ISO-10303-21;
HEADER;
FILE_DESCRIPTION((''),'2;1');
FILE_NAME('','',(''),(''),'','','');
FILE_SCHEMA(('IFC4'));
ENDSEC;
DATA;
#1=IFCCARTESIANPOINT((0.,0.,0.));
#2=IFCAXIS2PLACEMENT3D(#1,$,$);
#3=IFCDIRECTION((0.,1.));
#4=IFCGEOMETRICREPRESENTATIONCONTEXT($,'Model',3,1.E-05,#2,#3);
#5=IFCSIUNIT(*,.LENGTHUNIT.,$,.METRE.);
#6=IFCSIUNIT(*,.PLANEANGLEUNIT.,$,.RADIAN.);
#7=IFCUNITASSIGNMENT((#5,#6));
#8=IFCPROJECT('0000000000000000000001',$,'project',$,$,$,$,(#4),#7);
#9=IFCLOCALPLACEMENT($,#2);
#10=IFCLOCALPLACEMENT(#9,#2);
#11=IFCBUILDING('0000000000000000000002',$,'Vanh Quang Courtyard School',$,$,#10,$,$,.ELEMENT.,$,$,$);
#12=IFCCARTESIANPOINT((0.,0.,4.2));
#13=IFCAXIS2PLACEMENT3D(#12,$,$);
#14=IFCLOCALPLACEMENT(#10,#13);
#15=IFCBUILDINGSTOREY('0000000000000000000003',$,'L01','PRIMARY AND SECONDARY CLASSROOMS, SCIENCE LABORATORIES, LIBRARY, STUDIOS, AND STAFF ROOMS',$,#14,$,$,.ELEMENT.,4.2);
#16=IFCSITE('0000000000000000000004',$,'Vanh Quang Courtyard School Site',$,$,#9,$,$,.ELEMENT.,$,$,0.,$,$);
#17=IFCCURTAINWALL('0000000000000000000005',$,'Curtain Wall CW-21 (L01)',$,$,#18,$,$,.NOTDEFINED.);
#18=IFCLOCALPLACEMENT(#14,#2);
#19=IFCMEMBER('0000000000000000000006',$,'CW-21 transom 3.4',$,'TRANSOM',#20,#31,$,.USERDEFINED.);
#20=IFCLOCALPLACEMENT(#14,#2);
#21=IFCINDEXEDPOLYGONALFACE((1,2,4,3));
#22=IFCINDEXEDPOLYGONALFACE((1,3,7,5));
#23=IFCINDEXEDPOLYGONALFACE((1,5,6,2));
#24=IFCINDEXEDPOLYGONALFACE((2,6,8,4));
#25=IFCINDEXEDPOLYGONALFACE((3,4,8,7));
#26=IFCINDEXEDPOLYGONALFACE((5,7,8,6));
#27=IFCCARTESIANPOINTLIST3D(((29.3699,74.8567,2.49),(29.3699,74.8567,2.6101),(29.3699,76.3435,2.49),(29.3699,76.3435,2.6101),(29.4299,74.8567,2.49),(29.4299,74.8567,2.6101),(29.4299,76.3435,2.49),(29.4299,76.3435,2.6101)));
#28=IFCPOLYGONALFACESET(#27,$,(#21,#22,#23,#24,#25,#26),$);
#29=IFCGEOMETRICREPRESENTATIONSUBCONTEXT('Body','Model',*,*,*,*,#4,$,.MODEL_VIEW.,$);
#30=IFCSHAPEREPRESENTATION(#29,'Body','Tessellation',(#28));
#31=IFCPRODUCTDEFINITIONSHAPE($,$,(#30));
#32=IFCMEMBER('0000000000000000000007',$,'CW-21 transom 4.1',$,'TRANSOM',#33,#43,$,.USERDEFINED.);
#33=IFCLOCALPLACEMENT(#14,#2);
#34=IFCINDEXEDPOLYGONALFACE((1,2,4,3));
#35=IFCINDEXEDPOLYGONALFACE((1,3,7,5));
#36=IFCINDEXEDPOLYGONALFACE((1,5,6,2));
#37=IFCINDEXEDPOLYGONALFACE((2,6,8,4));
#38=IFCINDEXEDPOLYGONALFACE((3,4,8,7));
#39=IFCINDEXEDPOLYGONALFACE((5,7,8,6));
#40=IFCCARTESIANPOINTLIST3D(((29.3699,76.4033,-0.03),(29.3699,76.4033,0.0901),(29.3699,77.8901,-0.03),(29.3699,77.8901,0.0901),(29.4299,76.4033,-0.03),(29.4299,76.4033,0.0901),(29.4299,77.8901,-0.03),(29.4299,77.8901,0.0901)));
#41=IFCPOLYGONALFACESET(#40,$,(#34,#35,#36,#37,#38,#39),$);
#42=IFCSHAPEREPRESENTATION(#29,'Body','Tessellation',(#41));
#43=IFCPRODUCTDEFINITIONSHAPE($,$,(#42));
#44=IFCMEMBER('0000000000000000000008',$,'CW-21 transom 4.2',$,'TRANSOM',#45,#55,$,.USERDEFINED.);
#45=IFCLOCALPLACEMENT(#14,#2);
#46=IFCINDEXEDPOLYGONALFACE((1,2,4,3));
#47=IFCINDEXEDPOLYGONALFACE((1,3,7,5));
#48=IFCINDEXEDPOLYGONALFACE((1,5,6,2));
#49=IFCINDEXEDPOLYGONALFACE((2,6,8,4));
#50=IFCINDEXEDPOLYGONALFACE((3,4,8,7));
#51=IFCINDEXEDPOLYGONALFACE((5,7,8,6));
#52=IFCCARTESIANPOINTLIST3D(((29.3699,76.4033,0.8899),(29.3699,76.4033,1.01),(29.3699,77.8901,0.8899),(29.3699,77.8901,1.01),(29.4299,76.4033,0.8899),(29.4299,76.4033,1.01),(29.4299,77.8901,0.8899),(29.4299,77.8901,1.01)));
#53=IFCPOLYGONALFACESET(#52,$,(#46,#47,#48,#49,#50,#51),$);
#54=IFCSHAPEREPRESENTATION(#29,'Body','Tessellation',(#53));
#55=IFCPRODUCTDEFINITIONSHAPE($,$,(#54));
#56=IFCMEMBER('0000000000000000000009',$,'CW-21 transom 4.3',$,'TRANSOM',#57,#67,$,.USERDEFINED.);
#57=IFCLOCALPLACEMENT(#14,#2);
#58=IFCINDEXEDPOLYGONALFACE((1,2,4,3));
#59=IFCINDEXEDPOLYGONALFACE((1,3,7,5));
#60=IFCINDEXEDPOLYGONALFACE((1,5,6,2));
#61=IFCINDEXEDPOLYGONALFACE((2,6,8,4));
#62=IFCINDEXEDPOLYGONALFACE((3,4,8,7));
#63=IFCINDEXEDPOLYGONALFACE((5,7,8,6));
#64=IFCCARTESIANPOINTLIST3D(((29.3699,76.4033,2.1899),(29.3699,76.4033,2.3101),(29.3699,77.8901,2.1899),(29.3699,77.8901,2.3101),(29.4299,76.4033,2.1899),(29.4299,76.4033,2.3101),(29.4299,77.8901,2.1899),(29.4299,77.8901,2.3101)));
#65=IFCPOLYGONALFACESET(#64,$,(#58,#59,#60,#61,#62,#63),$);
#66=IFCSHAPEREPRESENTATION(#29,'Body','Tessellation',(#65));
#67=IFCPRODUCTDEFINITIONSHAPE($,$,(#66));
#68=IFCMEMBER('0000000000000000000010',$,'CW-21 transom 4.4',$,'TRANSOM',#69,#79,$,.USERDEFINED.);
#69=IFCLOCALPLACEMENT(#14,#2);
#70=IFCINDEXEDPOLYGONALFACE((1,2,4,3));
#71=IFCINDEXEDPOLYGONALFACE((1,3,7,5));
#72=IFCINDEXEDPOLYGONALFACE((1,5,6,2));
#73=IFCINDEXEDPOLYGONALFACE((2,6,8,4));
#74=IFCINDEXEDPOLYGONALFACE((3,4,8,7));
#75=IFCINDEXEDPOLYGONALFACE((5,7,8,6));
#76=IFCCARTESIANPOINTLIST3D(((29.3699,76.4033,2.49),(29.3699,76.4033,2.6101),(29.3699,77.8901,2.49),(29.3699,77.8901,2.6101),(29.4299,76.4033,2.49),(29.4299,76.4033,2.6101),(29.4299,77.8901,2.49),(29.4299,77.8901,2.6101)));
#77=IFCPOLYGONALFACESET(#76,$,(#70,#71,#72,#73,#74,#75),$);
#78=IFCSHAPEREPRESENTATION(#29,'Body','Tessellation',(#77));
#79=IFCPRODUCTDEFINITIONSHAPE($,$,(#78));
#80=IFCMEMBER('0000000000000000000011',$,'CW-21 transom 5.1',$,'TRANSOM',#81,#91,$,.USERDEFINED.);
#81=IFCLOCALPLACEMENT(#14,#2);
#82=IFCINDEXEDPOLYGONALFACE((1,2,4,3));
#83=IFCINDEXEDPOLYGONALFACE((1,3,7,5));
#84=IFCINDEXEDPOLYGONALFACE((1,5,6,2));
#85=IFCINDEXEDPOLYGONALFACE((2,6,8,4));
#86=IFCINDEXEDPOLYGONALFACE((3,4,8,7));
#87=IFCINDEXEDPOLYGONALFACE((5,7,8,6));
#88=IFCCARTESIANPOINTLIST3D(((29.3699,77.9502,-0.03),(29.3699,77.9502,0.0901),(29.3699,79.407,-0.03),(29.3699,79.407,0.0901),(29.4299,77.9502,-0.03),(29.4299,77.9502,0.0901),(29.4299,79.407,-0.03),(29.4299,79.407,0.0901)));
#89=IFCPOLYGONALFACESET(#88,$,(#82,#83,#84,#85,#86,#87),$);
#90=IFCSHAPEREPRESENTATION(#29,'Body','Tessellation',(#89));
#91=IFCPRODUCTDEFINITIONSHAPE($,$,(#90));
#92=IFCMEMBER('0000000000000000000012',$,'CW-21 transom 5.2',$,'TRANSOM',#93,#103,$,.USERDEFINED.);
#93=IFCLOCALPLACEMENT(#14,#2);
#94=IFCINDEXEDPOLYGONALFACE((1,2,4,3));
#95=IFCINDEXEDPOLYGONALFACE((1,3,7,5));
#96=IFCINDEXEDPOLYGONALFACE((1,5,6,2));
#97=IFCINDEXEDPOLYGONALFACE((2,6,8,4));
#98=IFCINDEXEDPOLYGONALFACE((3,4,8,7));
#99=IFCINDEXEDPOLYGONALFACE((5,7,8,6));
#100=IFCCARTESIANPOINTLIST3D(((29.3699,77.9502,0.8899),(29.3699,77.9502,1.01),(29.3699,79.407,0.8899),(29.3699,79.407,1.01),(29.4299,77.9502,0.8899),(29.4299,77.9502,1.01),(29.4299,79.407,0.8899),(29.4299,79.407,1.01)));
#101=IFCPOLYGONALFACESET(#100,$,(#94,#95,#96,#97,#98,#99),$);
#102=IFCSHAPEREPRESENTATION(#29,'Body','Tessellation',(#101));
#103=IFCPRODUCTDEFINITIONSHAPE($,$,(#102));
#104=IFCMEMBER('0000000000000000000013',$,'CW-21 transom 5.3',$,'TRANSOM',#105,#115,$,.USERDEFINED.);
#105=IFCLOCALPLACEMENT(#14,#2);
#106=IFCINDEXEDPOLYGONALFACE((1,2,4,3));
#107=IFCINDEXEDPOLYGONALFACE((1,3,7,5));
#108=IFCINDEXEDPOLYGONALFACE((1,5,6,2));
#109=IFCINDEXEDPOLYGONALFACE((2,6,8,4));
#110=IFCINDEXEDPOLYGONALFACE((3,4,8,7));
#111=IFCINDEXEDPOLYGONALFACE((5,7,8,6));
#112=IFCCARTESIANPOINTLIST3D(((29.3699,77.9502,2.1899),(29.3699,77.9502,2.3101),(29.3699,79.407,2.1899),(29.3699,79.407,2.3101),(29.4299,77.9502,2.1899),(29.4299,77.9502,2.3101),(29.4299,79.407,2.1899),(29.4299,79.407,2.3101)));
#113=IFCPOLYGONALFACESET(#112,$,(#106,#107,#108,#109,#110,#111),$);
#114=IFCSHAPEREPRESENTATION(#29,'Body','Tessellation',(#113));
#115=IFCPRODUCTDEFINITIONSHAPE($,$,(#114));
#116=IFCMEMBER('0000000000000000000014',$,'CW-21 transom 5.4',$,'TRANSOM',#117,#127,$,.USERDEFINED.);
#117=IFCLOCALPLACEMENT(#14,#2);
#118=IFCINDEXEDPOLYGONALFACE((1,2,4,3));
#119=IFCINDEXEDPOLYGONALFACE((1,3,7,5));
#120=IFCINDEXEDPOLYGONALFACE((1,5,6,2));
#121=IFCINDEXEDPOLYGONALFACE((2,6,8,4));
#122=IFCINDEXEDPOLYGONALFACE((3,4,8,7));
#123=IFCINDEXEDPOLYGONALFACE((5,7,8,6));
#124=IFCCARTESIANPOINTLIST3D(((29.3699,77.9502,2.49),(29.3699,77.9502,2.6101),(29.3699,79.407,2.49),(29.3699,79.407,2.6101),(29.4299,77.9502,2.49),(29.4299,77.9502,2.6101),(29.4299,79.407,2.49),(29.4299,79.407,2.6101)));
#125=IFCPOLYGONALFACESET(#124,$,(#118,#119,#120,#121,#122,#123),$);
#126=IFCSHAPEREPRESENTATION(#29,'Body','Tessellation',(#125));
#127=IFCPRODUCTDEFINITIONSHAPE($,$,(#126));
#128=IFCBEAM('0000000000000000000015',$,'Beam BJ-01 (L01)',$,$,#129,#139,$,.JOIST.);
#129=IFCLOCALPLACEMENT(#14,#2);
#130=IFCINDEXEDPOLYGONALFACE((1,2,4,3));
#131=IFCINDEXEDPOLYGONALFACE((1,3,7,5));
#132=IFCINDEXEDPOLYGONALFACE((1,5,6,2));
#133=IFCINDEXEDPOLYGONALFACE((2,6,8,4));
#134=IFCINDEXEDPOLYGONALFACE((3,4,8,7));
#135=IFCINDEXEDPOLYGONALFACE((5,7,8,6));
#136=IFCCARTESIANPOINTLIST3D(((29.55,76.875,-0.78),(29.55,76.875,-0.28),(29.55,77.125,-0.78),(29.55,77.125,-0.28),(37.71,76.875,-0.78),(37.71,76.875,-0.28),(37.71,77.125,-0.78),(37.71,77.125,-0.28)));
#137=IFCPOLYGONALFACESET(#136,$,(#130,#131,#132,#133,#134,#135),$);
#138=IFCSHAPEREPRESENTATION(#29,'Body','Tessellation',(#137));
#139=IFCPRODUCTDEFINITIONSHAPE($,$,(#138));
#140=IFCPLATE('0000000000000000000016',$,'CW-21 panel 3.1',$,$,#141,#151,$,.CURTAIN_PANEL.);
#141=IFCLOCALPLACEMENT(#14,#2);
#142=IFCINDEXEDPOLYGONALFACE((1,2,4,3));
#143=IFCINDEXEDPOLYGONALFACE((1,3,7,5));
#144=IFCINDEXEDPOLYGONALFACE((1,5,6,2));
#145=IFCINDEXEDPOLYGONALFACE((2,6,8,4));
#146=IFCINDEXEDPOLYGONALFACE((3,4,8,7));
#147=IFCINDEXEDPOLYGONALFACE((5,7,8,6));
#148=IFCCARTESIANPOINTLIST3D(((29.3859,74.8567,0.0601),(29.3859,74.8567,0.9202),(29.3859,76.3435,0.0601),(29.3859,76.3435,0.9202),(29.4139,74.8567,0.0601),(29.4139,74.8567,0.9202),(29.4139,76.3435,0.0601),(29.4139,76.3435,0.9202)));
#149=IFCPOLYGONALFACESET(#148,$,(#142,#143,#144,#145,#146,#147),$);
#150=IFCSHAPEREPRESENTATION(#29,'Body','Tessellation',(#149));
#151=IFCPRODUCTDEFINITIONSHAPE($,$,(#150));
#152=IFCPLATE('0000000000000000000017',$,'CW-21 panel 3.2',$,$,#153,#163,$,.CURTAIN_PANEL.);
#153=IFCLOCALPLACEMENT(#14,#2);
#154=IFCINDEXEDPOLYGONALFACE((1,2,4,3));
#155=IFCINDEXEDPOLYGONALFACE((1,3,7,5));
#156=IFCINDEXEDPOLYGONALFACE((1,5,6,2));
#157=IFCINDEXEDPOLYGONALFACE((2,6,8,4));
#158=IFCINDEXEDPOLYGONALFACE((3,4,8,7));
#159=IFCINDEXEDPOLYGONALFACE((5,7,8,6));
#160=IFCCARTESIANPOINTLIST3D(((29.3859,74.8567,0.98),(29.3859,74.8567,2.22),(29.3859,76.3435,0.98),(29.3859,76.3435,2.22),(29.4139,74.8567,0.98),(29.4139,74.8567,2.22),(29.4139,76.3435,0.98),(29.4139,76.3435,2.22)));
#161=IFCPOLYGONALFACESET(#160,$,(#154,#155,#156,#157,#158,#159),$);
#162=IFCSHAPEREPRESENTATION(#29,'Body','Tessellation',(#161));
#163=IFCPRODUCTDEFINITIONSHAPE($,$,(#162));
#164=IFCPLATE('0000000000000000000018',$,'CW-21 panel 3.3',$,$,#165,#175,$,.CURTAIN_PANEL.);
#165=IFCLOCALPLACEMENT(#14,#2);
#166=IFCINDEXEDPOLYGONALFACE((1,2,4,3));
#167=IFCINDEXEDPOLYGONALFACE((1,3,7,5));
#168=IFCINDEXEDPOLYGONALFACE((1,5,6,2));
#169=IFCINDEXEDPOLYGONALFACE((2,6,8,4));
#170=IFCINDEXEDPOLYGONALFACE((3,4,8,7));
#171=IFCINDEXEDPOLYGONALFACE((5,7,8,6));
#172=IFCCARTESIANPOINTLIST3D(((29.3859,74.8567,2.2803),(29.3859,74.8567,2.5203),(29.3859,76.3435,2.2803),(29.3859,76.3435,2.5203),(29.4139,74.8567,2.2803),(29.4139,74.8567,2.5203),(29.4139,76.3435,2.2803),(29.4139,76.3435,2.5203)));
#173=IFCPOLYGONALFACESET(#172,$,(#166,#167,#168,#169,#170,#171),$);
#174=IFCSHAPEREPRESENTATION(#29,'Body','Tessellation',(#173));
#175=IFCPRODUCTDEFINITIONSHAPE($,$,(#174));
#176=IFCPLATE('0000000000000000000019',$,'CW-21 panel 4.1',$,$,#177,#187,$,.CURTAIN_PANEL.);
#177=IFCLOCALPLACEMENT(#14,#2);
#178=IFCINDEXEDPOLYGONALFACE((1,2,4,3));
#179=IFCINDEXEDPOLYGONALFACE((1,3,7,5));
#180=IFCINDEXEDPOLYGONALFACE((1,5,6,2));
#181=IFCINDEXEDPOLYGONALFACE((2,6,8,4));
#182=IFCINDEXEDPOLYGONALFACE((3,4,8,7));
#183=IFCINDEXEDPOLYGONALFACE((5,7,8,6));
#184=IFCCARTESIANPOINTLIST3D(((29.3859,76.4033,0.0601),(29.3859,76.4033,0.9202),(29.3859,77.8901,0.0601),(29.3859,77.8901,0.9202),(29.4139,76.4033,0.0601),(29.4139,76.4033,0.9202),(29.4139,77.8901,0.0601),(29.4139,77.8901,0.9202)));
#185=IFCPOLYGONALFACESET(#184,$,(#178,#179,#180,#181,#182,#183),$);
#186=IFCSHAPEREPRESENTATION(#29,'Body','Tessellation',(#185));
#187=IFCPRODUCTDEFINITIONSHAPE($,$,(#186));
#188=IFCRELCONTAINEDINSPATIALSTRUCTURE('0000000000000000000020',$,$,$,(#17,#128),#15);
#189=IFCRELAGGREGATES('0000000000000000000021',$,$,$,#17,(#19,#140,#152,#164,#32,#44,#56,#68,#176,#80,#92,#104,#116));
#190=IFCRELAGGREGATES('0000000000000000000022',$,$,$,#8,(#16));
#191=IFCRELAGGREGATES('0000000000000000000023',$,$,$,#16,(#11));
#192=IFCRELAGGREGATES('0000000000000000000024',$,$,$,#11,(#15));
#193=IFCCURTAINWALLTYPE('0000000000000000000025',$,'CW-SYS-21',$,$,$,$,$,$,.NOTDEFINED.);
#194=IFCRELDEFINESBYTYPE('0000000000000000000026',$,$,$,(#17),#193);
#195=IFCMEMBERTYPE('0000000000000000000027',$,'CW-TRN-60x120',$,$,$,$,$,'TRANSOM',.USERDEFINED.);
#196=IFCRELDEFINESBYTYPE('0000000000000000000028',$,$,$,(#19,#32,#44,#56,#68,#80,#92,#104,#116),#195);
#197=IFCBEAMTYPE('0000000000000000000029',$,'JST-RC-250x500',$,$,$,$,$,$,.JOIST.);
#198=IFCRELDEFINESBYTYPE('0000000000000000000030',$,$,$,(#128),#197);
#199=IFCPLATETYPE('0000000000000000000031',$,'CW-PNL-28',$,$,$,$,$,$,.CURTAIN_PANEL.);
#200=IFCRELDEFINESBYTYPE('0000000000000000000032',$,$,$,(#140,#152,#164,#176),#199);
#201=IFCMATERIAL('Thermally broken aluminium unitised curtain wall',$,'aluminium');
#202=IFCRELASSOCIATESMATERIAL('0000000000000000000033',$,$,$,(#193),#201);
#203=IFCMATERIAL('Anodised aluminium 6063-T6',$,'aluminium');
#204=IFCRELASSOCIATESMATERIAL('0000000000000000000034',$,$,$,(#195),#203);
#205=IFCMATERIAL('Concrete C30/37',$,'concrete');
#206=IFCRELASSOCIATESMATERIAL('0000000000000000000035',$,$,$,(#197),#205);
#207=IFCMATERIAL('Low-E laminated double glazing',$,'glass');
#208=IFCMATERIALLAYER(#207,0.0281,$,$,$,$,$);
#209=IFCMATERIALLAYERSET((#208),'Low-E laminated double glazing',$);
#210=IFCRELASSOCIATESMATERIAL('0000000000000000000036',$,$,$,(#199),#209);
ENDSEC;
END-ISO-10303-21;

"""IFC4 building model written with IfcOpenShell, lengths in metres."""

from ifc_helpers import new_model, si_unit, direction, frame, origin, origin_2d, place, context, subcontext, project, spatial, rectangle, extrude, material, layer, layer_set, material_profile, profile_set, type_object, element, aggregate, save


model = new_model("IFC4")

# Units and contexts
model_context = context("Model", 3, precision=1e-05, world=origin(), true_north=direction((0.0, 1.0)))
body_context = subcontext(model_context, "Body", "Model", "MODEL_VIEW")
ifc_project = project(units=[si_unit("LENGTHUNIT", "METRE"), si_unit("PLANEANGLEUNIT", "RADIAN")], contexts=[model_context])

# Site, building, storey
site_placement = place(None, origin())
site = spatial("IfcSite", under=ifc_project, at=site_placement, Name="Vanh Quang Courtyard School Site", CompositionType="ELEMENT", RefElevation=0.0)
building_placement = place(site_placement, origin())
building = spatial("IfcBuilding", under=site, at=building_placement, Name="Vanh Quang Courtyard School", CompositionType="ELEMENT")
storey_placement = place(building_placement, frame((0.0, 0.0, 4.2)))
storey = spatial("IfcBuildingStorey", under=building, at=storey_placement, Name="L01", Description="PRIMARY AND SECONDARY CLASSROOMS, SCIENCE LABORATORIES, LIBRARY, STUDIOS, AND STAFF ROOMS", CompositionType="ELEMENT", Elevation=4.2)

# Curtain wall, members
ifc_material_1 = material(Name="Thermally broken aluminium unitised curtain wall", Category="aluminium")
curtain_wall_type = type_object("IfcCurtainWallType", Name="CW-SYS-21", PredefinedType="NOTDEFINED", material=ifc_material_1)
curtain_wall_placement = place(storey_placement, origin())
curtain_wall = element("IfcCurtainWall", 1, at=curtain_wall_placement, inside=storey, type_object=curtain_wall_type, Name="Curtain Wall CW-21 (L01)", PredefinedType="NOTDEFINED")
ifc_material_2 = material(Name="Anodised aluminium 6063-T6", Category="aluminium")
ifc_material_profile_1 = material_profile(ifc_material_2, rectangle(XDim=0.0601, YDim=0.1201, at=origin_2d()), Name="ALU-TRN 60x120")
ifc_profile_set_1 = profile_set([ifc_material_profile_1], Name="Anodised aluminium 6063-T6")
member_type_1 = type_object("IfcMemberType", Name="CW-TRN-60x120", ElementType="TRANSOM", PredefinedType="USERDEFINED", material=ifc_profile_set_1)
member_1_placement = place(storey_placement, frame((29.3999, 74.8567, 2.55), z_axis=(0.0, 1.0, 0.0), x_axis=(-1.0, 0.0, 0.0)))
member_1 = element("IfcMember", 2, at=member_1_placement, type_object=member_type_1, Name="CW-21 transom 3.4", ObjectType="TRANSOM", PredefinedType="USERDEFINED", context=body_context, shape_type="SweptSolid", body=[
    extrude(rectangle(XDim=0.0601, YDim=0.1201, at=origin_2d()), origin(), (0.0, 0.0, 1.0), 1.4868),
])
member_2_placement = place(storey_placement, frame((29.3999, 76.4033, 0.03), z_axis=(0.0, 1.0, 0.0), x_axis=(-1.0, 0.0, 0.0)))
member_2 = element("IfcMember", 3, at=member_2_placement, type_object=member_type_1, Name="CW-21 transom 4.1", ObjectType="TRANSOM", PredefinedType="USERDEFINED", context=body_context, shape_type="SweptSolid", body=[
    extrude(rectangle(XDim=0.0601, YDim=0.1201, at=origin_2d()), origin(), (0.0, 0.0, 1.0), 1.4868),
])
member_3_placement = place(storey_placement, frame((29.3999, 76.4033, 0.95), z_axis=(0.0, 1.0, 0.0), x_axis=(-1.0, 0.0, 0.0)))
member_3 = element("IfcMember", 4, at=member_3_placement, type_object=member_type_1, Name="CW-21 transom 4.2", ObjectType="TRANSOM", PredefinedType="USERDEFINED", context=body_context, shape_type="SweptSolid", body=[
    extrude(rectangle(XDim=0.0601, YDim=0.1201, at=origin_2d()), origin(), (0.0, 0.0, 1.0), 1.4868),
])
member_4_placement = place(storey_placement, frame((29.3999, 76.4033, 2.25), z_axis=(0.0, 1.0, 0.0), x_axis=(-1.0, 0.0, 0.0)))
member_4 = element("IfcMember", 5, at=member_4_placement, type_object=member_type_1, Name="CW-21 transom 4.3", ObjectType="TRANSOM", PredefinedType="USERDEFINED", context=body_context, shape_type="SweptSolid", body=[
    extrude(rectangle(XDim=0.0601, YDim=0.1201, at=origin_2d()), origin(), (0.0, 0.0, 1.0), 1.4868),
])
member_5_placement = place(storey_placement, frame((29.3999, 76.4033, 2.55), z_axis=(0.0, 1.0, 0.0), x_axis=(-1.0, 0.0, 0.0)))
member_5 = element("IfcMember", 6, at=member_5_placement, type_object=member_type_1, Name="CW-21 transom 4.4", ObjectType="TRANSOM", PredefinedType="USERDEFINED", context=body_context, shape_type="SweptSolid", body=[
    extrude(rectangle(XDim=0.0601, YDim=0.1201, at=origin_2d()), origin(), (0.0, 0.0, 1.0), 1.4868),
])
member_6_placement = place(storey_placement, frame((29.3999, 77.9502, 0.03), z_axis=(0.0, 1.0, 0.0), x_axis=(-1.0, 0.0, 0.0)))
member_6 = element("IfcMember", 7, at=member_6_placement, type_object=member_type_1, Name="CW-21 transom 5.1", ObjectType="TRANSOM", PredefinedType="USERDEFINED", context=body_context, shape_type="SweptSolid", body=[
    extrude(rectangle(XDim=0.0601, YDim=0.1201, at=origin_2d()), origin(), (0.0, 0.0, 1.0), 1.4568),
])
member_7_placement = place(storey_placement, frame((29.3999, 77.9502, 0.95), z_axis=(0.0, 1.0, 0.0), x_axis=(-1.0, 0.0, 0.0)))
member_7 = element("IfcMember", 8, at=member_7_placement, type_object=member_type_1, Name="CW-21 transom 5.2", ObjectType="TRANSOM", PredefinedType="USERDEFINED", context=body_context, shape_type="SweptSolid", body=[
    extrude(rectangle(XDim=0.0601, YDim=0.1201, at=origin_2d()), origin(), (0.0, 0.0, 1.0), 1.4568),
])
member_8_placement = place(storey_placement, frame((29.3999, 77.9502, 2.25), z_axis=(0.0, 1.0, 0.0), x_axis=(-1.0, 0.0, 0.0)))
member_8 = element("IfcMember", 9, at=member_8_placement, type_object=member_type_1, Name="CW-21 transom 5.3", ObjectType="TRANSOM", PredefinedType="USERDEFINED", context=body_context, shape_type="SweptSolid", body=[
    extrude(rectangle(XDim=0.0601, YDim=0.1201, at=origin_2d()), origin(), (0.0, 0.0, 1.0), 1.4568),
])
member_9_placement = place(storey_placement, frame((29.3999, 77.9502, 2.55), z_axis=(0.0, 1.0, 0.0), x_axis=(-1.0, 0.0, 0.0)))
member_9 = element("IfcMember", 10, at=member_9_placement, type_object=member_type_1, Name="CW-21 transom 5.4", ObjectType="TRANSOM", PredefinedType="USERDEFINED", context=body_context, shape_type="SweptSolid", body=[
    extrude(rectangle(XDim=0.0601, YDim=0.1201, at=origin_2d()), origin(), (0.0, 0.0, 1.0), 1.4568),
])

# Beam
ifc_material_3 = material(Name="Concrete C30/37", Category="concrete")
ifc_material_profile_2 = material_profile(ifc_material_3, rectangle(XDim=0.25, YDim=0.5, at=origin_2d()), Name="RC-JST 250x500")
ifc_profile_set_2 = profile_set([ifc_material_profile_2], Name="Concrete C30/37")
beam_type_1 = type_object("IfcBeamType", Name="JST-RC-250x500", PredefinedType="JOIST", material=ifc_profile_set_2)
beam_1_placement = place(storey_placement, frame((29.55, 77.0, -0.53), z_axis=(1.0, 0.0, 0.0), x_axis=(0.0, 1.0, 0.0)))
element("IfcBeam", 11, at=beam_1_placement, inside=storey, type_object=beam_type_1, Name="Beam BJ-01 (L01)", PredefinedType="JOIST", context=body_context, shape_type="SweptSolid", body=[
    extrude(rectangle(XDim=0.25, YDim=0.5, at=origin_2d()), origin(), (0.0, 0.0, 1.0), 8.1599),
])

# Plates
ifc_material_4 = material(Name="Low-E laminated double glazing", Category="glass")
ifc_layer_1 = layer(ifc_material_4, 0.0281)
ifc_layer_set_1 = layer_set([ifc_layer_1], Name="Low-E laminated double glazing")
plate_type = type_object("IfcPlateType", Name="CW-PNL-28", PredefinedType="CURTAIN_PANEL", material=ifc_layer_set_1)
plate_1_placement = place(storey_placement, frame((29.3999, 75.6001, 0.0601), z_axis=(0.0, 0.0, 1.0), x_axis=(0.0, 1.0, 0.0)))
plate_1 = element("IfcPlate", 12, at=plate_1_placement, type_object=plate_type, Name="CW-21 panel 3.1", PredefinedType="CURTAIN_PANEL", context=body_context, shape_type="SweptSolid", body=[
    extrude(rectangle(XDim=1.4868, YDim=0.0281, at=origin_2d()), origin(), (0.0, 0.0, 1.0), 0.8601),
])
plate_2_placement = place(storey_placement, frame((29.3999, 75.6001, 0.98), z_axis=(0.0, 0.0, 1.0), x_axis=(0.0, 1.0, 0.0)))
plate_2 = element("IfcPlate", 13, at=plate_2_placement, type_object=plate_type, Name="CW-21 panel 3.2", PredefinedType="CURTAIN_PANEL", context=body_context, shape_type="SweptSolid", body=[
    extrude(rectangle(XDim=1.4868, YDim=0.0281, at=origin_2d()), origin(), (0.0, 0.0, 1.0), 1.24),
])
plate_3_placement = place(storey_placement, frame((29.3999, 75.6001, 2.2803), z_axis=(0.0, 0.0, 1.0), x_axis=(0.0, 1.0, 0.0)))
plate_3 = element("IfcPlate", 14, at=plate_3_placement, type_object=plate_type, Name="CW-21 panel 3.3", PredefinedType="CURTAIN_PANEL", context=body_context, shape_type="SweptSolid", body=[
    extrude(rectangle(XDim=1.4868, YDim=0.0281, at=origin_2d()), origin(), (0.0, 0.0, 1.0), 0.24),
])
plate_4_placement = place(storey_placement, frame((29.3999, 77.1467, 0.0601), z_axis=(0.0, 0.0, 1.0), x_axis=(0.0, 1.0, 0.0)))
plate_4 = element("IfcPlate", 15, at=plate_4_placement, type_object=plate_type, Name="CW-21 panel 4.1", PredefinedType="CURTAIN_PANEL", context=body_context, shape_type="SweptSolid", body=[
    extrude(rectangle(XDim=1.4868, YDim=0.0281, at=origin_2d()), origin(), (0.0, 0.0, 1.0), 0.8601),
])
aggregate(curtain_wall, [member_1, plate_1, plate_2, plate_3, member_2, member_3, member_4, member_5, plate_4, member_6, member_7, member_8, member_9])

save(model, "model.ifc")
